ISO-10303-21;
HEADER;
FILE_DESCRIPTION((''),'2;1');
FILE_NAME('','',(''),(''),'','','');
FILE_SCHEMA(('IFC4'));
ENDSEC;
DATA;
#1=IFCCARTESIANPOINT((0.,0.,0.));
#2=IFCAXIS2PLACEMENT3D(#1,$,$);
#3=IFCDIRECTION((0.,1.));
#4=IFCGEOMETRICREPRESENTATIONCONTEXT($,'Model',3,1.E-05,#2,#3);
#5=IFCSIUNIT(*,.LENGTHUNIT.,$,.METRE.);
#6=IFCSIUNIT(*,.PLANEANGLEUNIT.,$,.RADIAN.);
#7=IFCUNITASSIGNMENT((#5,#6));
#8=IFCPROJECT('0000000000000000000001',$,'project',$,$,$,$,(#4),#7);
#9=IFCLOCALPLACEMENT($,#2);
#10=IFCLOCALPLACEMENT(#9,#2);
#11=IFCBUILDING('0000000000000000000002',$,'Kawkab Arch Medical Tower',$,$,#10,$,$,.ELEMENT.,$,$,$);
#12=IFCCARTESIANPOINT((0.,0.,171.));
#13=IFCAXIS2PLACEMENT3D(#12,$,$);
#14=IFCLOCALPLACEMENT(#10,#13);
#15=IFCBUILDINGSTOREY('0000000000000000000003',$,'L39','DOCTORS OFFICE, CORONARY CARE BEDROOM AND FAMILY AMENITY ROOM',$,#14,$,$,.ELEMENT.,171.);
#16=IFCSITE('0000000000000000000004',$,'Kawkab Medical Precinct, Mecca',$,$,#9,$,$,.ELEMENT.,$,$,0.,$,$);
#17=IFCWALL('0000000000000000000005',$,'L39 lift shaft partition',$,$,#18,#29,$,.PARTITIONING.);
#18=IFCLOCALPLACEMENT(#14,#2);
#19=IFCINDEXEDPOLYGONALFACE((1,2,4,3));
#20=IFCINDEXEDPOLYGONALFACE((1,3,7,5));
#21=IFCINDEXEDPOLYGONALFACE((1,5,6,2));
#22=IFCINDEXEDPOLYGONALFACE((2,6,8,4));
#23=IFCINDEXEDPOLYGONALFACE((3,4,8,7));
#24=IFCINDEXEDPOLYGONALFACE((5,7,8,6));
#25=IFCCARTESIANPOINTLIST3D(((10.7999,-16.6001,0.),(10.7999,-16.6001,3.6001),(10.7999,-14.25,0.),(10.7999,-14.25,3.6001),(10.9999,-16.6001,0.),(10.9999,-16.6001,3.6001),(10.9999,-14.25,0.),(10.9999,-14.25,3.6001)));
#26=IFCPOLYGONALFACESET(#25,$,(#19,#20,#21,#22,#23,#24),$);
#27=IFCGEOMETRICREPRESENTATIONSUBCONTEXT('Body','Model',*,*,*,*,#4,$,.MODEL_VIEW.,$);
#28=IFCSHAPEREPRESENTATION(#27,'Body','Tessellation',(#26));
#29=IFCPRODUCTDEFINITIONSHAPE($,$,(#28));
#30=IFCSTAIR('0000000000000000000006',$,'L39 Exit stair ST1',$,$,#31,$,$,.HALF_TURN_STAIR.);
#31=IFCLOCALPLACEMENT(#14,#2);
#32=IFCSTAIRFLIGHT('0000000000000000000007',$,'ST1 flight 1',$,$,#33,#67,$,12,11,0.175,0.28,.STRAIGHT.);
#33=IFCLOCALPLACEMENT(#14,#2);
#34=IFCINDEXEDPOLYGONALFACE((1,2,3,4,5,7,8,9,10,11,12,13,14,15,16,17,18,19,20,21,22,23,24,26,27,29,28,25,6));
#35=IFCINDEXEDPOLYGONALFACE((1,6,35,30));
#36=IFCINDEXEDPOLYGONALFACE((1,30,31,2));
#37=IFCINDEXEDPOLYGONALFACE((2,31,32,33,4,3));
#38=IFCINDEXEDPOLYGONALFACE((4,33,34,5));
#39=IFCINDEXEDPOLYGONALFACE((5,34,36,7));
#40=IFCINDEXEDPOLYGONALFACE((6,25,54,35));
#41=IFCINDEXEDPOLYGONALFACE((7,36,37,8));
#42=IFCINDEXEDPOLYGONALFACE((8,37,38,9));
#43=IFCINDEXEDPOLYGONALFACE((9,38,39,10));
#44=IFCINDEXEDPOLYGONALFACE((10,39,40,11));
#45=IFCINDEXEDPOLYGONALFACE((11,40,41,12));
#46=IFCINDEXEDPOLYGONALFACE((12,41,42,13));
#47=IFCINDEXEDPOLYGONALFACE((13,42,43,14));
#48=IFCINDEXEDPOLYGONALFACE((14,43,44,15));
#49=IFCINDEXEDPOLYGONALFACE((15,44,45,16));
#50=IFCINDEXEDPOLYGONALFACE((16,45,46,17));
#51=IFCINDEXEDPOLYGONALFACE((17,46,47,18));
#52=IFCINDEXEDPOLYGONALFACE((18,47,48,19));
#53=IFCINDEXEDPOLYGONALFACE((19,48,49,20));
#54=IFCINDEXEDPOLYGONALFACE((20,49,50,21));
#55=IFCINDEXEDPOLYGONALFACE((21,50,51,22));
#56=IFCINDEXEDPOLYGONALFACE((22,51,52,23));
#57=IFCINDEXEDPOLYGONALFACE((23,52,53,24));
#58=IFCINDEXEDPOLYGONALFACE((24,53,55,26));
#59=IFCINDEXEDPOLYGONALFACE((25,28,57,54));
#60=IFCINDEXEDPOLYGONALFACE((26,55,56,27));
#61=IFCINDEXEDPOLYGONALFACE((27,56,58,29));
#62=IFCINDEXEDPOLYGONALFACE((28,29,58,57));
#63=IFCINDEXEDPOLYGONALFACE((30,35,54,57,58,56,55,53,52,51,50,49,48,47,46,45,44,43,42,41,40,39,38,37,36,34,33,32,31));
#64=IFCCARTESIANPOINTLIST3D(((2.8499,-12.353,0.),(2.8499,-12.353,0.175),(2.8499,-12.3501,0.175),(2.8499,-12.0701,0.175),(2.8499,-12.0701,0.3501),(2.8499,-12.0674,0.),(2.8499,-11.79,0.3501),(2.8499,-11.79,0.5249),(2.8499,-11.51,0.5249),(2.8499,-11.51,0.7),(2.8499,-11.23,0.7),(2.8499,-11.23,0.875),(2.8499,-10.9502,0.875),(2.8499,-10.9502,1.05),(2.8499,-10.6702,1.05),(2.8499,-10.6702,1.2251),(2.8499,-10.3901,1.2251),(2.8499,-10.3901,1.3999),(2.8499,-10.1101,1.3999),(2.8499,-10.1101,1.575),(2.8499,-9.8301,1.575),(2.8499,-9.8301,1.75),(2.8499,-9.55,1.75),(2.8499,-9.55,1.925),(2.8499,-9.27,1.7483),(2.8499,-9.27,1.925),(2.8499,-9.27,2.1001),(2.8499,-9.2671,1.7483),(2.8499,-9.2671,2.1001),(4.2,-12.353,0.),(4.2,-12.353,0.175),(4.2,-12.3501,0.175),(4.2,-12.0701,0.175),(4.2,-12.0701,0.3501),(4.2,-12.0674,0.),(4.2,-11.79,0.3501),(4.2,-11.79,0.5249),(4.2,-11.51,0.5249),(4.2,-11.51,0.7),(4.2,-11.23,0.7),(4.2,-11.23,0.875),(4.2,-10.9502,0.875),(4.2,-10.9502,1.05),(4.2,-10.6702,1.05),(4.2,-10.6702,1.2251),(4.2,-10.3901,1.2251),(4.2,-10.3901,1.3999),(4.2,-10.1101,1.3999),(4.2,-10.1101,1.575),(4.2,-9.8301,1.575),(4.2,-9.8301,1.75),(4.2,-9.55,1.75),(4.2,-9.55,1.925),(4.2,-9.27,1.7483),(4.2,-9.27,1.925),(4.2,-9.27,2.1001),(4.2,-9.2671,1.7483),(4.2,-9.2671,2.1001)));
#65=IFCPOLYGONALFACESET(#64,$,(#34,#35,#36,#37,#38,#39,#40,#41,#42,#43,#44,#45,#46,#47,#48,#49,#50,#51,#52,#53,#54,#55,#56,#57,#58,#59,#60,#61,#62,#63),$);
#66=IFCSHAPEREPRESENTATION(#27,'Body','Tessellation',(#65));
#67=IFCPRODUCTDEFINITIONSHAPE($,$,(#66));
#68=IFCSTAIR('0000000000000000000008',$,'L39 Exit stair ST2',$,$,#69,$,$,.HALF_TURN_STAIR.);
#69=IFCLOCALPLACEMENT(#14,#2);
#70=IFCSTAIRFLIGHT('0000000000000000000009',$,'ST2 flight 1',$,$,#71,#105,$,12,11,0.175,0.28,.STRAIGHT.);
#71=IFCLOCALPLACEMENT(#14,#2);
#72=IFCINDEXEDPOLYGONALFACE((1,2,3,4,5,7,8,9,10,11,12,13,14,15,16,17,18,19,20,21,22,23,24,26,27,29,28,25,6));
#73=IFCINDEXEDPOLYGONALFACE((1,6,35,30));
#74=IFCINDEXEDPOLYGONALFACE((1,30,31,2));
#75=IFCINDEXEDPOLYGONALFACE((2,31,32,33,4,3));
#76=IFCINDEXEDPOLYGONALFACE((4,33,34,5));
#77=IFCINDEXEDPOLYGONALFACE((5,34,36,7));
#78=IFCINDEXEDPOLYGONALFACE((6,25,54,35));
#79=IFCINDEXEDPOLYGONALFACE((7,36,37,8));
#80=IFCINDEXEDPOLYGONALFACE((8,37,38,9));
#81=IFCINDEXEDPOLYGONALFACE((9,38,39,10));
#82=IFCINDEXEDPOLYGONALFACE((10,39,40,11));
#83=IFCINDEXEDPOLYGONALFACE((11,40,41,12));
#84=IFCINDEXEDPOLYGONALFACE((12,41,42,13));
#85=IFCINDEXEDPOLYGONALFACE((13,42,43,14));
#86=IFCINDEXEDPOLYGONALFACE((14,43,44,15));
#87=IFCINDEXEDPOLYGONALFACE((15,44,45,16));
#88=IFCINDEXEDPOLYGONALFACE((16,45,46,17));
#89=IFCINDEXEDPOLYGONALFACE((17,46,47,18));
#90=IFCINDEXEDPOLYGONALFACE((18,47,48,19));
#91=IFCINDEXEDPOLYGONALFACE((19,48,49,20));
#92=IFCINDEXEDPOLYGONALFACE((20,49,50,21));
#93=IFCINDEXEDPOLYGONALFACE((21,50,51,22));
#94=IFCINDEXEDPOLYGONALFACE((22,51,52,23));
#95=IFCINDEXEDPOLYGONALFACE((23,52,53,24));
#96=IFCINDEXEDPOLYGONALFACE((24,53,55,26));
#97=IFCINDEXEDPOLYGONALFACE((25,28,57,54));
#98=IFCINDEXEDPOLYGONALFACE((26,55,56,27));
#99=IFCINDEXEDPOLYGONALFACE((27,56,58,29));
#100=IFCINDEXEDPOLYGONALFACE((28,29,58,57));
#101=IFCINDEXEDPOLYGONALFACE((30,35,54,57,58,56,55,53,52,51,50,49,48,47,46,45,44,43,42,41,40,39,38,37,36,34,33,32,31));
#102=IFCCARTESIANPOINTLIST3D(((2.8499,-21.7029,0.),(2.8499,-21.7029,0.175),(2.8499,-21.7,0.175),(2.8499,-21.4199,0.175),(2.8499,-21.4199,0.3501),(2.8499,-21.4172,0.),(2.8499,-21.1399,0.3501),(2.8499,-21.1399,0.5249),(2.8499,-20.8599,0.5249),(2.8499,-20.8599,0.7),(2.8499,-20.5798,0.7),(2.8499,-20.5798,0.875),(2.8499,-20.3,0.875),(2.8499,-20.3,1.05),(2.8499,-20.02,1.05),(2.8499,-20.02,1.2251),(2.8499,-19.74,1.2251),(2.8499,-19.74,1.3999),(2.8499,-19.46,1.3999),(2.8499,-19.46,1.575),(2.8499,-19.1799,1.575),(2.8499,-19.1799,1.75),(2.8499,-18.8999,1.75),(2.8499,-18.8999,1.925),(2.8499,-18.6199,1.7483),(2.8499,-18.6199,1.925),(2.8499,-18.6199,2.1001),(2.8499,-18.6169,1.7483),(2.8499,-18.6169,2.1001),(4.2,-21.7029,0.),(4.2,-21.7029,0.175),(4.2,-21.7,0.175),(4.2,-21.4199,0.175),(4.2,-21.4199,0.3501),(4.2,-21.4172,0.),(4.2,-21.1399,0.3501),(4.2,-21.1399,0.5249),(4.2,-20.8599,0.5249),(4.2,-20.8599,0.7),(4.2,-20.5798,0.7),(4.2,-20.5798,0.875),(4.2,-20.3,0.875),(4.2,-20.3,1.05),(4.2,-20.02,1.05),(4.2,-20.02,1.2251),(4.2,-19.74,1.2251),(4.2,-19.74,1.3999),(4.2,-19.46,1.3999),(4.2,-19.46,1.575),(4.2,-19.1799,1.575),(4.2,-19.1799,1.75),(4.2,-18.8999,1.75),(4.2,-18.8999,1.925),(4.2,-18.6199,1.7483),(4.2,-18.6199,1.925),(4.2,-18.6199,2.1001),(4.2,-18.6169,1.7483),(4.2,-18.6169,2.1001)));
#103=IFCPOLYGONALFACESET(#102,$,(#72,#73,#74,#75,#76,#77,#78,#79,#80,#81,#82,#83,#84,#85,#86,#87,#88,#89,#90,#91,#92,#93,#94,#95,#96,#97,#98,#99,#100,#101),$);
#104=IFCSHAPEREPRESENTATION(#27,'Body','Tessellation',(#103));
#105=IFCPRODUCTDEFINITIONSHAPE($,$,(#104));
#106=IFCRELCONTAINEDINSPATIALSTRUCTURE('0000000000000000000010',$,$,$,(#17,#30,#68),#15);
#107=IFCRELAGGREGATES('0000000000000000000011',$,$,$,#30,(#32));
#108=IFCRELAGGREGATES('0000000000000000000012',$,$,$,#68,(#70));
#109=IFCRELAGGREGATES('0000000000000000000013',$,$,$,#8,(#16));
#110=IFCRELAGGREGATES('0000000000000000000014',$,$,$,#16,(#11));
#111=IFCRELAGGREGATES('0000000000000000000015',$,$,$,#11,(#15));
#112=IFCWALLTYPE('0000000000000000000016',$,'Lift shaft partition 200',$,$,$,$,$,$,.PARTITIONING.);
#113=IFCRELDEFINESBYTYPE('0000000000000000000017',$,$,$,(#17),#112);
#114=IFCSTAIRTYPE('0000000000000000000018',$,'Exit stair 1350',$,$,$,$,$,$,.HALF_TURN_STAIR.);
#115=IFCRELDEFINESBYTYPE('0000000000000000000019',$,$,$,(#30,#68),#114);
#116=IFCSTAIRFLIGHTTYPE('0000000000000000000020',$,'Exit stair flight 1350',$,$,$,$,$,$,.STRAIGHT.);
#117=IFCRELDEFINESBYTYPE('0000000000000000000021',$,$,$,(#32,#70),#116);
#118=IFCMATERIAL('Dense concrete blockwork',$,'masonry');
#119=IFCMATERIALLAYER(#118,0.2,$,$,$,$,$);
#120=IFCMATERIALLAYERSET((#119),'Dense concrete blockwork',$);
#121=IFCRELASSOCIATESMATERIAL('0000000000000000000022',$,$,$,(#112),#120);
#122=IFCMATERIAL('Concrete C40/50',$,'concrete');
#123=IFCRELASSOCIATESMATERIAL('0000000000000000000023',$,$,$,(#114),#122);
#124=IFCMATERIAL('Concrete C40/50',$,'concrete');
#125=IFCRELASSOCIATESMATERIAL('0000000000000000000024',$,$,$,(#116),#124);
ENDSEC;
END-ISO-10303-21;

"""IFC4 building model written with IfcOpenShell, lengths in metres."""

from ifc_helpers import new_model, si_unit, direction, frame, frame_2d, origin, place, context, subcontext, project, spatial, polyline, rectangle, outline, extrude, material, layer, layer_set, type_object, element, aggregate, save


model = new_model("IFC4")

# Units and contexts
model_context = context("Model", 3, precision=1e-05, world=origin(), true_north=direction((0.0, 1.0)))
body_context = subcontext(model_context, "Body", "Model", "MODEL_VIEW")
ifc_project = project(units=[si_unit("LENGTHUNIT", "METRE"), si_unit("PLANEANGLEUNIT", "RADIAN")], contexts=[model_context])

# Site, building, storey
site_placement = place(None, origin())
site = spatial("IfcSite", under=ifc_project, at=site_placement, Name="Kawkab Medical Precinct, Mecca", CompositionType="ELEMENT", RefElevation=0.0)
building_placement = place(site_placement, origin())
building = spatial("IfcBuilding", under=site, at=building_placement, Name="Kawkab Arch Medical Tower", CompositionType="ELEMENT")
storey_placement = place(building_placement, frame((0.0, 0.0, 171.0)))
storey = spatial("IfcBuildingStorey", under=building, at=storey_placement, Name="L39", Description="DOCTORS OFFICE, CORONARY CARE BEDROOM AND FAMILY AMENITY ROOM", CompositionType="ELEMENT", Elevation=171.0)

# Wall
ifc_material_1 = material(Name="Dense concrete blockwork", Category="masonry")
ifc_layer_1 = layer(ifc_material_1, 0.2)
ifc_layer_set_1 = layer_set([ifc_layer_1], Name="Dense concrete blockwork")
wall_type_1 = type_object("IfcWallType", Name="Lift shaft partition 200", PredefinedType="PARTITIONING", material=ifc_layer_set_1)
for number, where, z_axis, x_axis, name in (
    (1, (10.8999, -16.6001, 0.0), (0.0, 0.0, 1.0), (0.0, 1.0, 0.0), "L39 lift shaft partition"),
):
    element("IfcWall", number, at=place(storey_placement, frame(where, z_axis=z_axis, x_axis=x_axis)), inside=storey, type_object=wall_type_1, Name=name, PredefinedType="PARTITIONING", context=body_context, shape_type="SweptSolid", body=[
        extrude(rectangle(XDim=2.3501, YDim=0.2, at=frame_2d((1.175, 0.0))), origin(), (0.0, 0.0, 1.0), 3.6001),
    ])

# Stairs, stair flights
ifc_material_2 = material(Name="Concrete C40/50", Category="concrete")
stair_type = type_object("IfcStairType", Name="Exit stair 1350", PredefinedType="HALF_TURN_STAIR", material=ifc_material_2)
placement = place(storey_placement, origin())
stair_1 = element("IfcStair", 2, at=placement, inside=storey, type_object=stair_type, Name="L39 Exit stair ST1", PredefinedType="HALF_TURN_STAIR")
ifc_material_3 = material(Name="Concrete C40/50", Category="concrete")
stair_flight_type = type_object("IfcStairFlightType", Name="Exit stair flight 1350", PredefinedType="STRAIGHT", material=ifc_material_3)
stair_flight_1_placement = place(storey_placement, frame((3.5249, -12.3501, 0.0), z_axis=(0.0, 0.0, 1.0), x_axis=(0.0, 1.0, 0.0)))
stair_flight_1 = element("IfcStairFlight", 3, at=stair_flight_1_placement, type_object=stair_flight_type, Name="ST1 flight 1", NumberOfRisers=12, NumberOfTreads=11, PredefinedType="STRAIGHT", RiserHeight=0.175, TreadLength=0.28, context=body_context, shape_type="SweptSolid", body=[
    extrude(outline(polyline([(-0.0029, 0.0), (-0.0029, 0.175), (0.0, 0.175), (0.28, 0.175), (0.28, 0.3501), (0.5601, 0.3501), (0.5601, 0.5249), (0.8401, 0.5249), (0.8401, 0.7), (1.1201, 0.7), (1.1201, 0.875), (1.3999, 0.875), (1.3999, 1.05), (1.6799, 1.05), (1.6799, 1.2251), (1.96, 1.2251), (1.96, 1.3999), (2.24, 1.3999), (2.24, 1.575), (2.52, 1.575), (2.52, 1.75), (2.8, 1.75), (2.8, 1.925), (3.0801, 1.925), (3.0801, 2.1001), (3.083, 2.1001), (3.083, 1.7483), (3.0801, 1.7483), (0.2827, 0.0), (-0.0029, 0.0)])), frame((0.0, 0.675, 0.0), z_axis=(0.0, -1.0, 0.0), x_axis=(1.0, 0.0, 0.0)), (0.0, 0.0, 1.0), 1.3501),
])
aggregate(stair_1, [stair_flight_1])
stair_2 = element("IfcStair", 4, at=placement, inside=storey, type_object=stair_type, Name="L39 Exit stair ST2", PredefinedType="HALF_TURN_STAIR")
stair_flight_2_placement = place(storey_placement, frame((3.5249, -21.7, 0.0), z_axis=(0.0, 0.0, 1.0), x_axis=(0.0, 1.0, 0.0)))
stair_flight_2 = element("IfcStairFlight", 5, at=stair_flight_2_placement, type_object=stair_flight_type, Name="ST2 flight 1", NumberOfRisers=12, NumberOfTreads=11, PredefinedType="STRAIGHT", RiserHeight=0.175, TreadLength=0.28, context=body_context, shape_type="SweptSolid", body=[
    extrude(outline(polyline([(-0.0029, 0.0), (-0.0029, 0.175), (0.0, 0.175), (0.28, 0.175), (0.28, 0.3501), (0.5601, 0.3501), (0.5601, 0.5249), (0.8401, 0.5249), (0.8401, 0.7), (1.1201, 0.7), (1.1201, 0.875), (1.3999, 0.875), (1.3999, 1.05), (1.6799, 1.05), (1.6799, 1.2251), (1.96, 1.2251), (1.96, 1.3999), (2.24, 1.3999), (2.24, 1.575), (2.52, 1.575), (2.52, 1.75), (2.8, 1.75), (2.8, 1.925), (3.0801, 1.925), (3.0801, 2.1001), (3.083, 2.1001), (3.083, 1.7483), (3.0801, 1.7483), (0.2827, 0.0), (-0.0029, 0.0)])), frame((0.0, 0.675, 0.0), z_axis=(0.0, -1.0, 0.0), x_axis=(1.0, 0.0, 0.0)), (0.0, 0.0, 1.0), 1.3501),
])
aggregate(stair_2, [stair_flight_2])

save(model, "model.ifc")
